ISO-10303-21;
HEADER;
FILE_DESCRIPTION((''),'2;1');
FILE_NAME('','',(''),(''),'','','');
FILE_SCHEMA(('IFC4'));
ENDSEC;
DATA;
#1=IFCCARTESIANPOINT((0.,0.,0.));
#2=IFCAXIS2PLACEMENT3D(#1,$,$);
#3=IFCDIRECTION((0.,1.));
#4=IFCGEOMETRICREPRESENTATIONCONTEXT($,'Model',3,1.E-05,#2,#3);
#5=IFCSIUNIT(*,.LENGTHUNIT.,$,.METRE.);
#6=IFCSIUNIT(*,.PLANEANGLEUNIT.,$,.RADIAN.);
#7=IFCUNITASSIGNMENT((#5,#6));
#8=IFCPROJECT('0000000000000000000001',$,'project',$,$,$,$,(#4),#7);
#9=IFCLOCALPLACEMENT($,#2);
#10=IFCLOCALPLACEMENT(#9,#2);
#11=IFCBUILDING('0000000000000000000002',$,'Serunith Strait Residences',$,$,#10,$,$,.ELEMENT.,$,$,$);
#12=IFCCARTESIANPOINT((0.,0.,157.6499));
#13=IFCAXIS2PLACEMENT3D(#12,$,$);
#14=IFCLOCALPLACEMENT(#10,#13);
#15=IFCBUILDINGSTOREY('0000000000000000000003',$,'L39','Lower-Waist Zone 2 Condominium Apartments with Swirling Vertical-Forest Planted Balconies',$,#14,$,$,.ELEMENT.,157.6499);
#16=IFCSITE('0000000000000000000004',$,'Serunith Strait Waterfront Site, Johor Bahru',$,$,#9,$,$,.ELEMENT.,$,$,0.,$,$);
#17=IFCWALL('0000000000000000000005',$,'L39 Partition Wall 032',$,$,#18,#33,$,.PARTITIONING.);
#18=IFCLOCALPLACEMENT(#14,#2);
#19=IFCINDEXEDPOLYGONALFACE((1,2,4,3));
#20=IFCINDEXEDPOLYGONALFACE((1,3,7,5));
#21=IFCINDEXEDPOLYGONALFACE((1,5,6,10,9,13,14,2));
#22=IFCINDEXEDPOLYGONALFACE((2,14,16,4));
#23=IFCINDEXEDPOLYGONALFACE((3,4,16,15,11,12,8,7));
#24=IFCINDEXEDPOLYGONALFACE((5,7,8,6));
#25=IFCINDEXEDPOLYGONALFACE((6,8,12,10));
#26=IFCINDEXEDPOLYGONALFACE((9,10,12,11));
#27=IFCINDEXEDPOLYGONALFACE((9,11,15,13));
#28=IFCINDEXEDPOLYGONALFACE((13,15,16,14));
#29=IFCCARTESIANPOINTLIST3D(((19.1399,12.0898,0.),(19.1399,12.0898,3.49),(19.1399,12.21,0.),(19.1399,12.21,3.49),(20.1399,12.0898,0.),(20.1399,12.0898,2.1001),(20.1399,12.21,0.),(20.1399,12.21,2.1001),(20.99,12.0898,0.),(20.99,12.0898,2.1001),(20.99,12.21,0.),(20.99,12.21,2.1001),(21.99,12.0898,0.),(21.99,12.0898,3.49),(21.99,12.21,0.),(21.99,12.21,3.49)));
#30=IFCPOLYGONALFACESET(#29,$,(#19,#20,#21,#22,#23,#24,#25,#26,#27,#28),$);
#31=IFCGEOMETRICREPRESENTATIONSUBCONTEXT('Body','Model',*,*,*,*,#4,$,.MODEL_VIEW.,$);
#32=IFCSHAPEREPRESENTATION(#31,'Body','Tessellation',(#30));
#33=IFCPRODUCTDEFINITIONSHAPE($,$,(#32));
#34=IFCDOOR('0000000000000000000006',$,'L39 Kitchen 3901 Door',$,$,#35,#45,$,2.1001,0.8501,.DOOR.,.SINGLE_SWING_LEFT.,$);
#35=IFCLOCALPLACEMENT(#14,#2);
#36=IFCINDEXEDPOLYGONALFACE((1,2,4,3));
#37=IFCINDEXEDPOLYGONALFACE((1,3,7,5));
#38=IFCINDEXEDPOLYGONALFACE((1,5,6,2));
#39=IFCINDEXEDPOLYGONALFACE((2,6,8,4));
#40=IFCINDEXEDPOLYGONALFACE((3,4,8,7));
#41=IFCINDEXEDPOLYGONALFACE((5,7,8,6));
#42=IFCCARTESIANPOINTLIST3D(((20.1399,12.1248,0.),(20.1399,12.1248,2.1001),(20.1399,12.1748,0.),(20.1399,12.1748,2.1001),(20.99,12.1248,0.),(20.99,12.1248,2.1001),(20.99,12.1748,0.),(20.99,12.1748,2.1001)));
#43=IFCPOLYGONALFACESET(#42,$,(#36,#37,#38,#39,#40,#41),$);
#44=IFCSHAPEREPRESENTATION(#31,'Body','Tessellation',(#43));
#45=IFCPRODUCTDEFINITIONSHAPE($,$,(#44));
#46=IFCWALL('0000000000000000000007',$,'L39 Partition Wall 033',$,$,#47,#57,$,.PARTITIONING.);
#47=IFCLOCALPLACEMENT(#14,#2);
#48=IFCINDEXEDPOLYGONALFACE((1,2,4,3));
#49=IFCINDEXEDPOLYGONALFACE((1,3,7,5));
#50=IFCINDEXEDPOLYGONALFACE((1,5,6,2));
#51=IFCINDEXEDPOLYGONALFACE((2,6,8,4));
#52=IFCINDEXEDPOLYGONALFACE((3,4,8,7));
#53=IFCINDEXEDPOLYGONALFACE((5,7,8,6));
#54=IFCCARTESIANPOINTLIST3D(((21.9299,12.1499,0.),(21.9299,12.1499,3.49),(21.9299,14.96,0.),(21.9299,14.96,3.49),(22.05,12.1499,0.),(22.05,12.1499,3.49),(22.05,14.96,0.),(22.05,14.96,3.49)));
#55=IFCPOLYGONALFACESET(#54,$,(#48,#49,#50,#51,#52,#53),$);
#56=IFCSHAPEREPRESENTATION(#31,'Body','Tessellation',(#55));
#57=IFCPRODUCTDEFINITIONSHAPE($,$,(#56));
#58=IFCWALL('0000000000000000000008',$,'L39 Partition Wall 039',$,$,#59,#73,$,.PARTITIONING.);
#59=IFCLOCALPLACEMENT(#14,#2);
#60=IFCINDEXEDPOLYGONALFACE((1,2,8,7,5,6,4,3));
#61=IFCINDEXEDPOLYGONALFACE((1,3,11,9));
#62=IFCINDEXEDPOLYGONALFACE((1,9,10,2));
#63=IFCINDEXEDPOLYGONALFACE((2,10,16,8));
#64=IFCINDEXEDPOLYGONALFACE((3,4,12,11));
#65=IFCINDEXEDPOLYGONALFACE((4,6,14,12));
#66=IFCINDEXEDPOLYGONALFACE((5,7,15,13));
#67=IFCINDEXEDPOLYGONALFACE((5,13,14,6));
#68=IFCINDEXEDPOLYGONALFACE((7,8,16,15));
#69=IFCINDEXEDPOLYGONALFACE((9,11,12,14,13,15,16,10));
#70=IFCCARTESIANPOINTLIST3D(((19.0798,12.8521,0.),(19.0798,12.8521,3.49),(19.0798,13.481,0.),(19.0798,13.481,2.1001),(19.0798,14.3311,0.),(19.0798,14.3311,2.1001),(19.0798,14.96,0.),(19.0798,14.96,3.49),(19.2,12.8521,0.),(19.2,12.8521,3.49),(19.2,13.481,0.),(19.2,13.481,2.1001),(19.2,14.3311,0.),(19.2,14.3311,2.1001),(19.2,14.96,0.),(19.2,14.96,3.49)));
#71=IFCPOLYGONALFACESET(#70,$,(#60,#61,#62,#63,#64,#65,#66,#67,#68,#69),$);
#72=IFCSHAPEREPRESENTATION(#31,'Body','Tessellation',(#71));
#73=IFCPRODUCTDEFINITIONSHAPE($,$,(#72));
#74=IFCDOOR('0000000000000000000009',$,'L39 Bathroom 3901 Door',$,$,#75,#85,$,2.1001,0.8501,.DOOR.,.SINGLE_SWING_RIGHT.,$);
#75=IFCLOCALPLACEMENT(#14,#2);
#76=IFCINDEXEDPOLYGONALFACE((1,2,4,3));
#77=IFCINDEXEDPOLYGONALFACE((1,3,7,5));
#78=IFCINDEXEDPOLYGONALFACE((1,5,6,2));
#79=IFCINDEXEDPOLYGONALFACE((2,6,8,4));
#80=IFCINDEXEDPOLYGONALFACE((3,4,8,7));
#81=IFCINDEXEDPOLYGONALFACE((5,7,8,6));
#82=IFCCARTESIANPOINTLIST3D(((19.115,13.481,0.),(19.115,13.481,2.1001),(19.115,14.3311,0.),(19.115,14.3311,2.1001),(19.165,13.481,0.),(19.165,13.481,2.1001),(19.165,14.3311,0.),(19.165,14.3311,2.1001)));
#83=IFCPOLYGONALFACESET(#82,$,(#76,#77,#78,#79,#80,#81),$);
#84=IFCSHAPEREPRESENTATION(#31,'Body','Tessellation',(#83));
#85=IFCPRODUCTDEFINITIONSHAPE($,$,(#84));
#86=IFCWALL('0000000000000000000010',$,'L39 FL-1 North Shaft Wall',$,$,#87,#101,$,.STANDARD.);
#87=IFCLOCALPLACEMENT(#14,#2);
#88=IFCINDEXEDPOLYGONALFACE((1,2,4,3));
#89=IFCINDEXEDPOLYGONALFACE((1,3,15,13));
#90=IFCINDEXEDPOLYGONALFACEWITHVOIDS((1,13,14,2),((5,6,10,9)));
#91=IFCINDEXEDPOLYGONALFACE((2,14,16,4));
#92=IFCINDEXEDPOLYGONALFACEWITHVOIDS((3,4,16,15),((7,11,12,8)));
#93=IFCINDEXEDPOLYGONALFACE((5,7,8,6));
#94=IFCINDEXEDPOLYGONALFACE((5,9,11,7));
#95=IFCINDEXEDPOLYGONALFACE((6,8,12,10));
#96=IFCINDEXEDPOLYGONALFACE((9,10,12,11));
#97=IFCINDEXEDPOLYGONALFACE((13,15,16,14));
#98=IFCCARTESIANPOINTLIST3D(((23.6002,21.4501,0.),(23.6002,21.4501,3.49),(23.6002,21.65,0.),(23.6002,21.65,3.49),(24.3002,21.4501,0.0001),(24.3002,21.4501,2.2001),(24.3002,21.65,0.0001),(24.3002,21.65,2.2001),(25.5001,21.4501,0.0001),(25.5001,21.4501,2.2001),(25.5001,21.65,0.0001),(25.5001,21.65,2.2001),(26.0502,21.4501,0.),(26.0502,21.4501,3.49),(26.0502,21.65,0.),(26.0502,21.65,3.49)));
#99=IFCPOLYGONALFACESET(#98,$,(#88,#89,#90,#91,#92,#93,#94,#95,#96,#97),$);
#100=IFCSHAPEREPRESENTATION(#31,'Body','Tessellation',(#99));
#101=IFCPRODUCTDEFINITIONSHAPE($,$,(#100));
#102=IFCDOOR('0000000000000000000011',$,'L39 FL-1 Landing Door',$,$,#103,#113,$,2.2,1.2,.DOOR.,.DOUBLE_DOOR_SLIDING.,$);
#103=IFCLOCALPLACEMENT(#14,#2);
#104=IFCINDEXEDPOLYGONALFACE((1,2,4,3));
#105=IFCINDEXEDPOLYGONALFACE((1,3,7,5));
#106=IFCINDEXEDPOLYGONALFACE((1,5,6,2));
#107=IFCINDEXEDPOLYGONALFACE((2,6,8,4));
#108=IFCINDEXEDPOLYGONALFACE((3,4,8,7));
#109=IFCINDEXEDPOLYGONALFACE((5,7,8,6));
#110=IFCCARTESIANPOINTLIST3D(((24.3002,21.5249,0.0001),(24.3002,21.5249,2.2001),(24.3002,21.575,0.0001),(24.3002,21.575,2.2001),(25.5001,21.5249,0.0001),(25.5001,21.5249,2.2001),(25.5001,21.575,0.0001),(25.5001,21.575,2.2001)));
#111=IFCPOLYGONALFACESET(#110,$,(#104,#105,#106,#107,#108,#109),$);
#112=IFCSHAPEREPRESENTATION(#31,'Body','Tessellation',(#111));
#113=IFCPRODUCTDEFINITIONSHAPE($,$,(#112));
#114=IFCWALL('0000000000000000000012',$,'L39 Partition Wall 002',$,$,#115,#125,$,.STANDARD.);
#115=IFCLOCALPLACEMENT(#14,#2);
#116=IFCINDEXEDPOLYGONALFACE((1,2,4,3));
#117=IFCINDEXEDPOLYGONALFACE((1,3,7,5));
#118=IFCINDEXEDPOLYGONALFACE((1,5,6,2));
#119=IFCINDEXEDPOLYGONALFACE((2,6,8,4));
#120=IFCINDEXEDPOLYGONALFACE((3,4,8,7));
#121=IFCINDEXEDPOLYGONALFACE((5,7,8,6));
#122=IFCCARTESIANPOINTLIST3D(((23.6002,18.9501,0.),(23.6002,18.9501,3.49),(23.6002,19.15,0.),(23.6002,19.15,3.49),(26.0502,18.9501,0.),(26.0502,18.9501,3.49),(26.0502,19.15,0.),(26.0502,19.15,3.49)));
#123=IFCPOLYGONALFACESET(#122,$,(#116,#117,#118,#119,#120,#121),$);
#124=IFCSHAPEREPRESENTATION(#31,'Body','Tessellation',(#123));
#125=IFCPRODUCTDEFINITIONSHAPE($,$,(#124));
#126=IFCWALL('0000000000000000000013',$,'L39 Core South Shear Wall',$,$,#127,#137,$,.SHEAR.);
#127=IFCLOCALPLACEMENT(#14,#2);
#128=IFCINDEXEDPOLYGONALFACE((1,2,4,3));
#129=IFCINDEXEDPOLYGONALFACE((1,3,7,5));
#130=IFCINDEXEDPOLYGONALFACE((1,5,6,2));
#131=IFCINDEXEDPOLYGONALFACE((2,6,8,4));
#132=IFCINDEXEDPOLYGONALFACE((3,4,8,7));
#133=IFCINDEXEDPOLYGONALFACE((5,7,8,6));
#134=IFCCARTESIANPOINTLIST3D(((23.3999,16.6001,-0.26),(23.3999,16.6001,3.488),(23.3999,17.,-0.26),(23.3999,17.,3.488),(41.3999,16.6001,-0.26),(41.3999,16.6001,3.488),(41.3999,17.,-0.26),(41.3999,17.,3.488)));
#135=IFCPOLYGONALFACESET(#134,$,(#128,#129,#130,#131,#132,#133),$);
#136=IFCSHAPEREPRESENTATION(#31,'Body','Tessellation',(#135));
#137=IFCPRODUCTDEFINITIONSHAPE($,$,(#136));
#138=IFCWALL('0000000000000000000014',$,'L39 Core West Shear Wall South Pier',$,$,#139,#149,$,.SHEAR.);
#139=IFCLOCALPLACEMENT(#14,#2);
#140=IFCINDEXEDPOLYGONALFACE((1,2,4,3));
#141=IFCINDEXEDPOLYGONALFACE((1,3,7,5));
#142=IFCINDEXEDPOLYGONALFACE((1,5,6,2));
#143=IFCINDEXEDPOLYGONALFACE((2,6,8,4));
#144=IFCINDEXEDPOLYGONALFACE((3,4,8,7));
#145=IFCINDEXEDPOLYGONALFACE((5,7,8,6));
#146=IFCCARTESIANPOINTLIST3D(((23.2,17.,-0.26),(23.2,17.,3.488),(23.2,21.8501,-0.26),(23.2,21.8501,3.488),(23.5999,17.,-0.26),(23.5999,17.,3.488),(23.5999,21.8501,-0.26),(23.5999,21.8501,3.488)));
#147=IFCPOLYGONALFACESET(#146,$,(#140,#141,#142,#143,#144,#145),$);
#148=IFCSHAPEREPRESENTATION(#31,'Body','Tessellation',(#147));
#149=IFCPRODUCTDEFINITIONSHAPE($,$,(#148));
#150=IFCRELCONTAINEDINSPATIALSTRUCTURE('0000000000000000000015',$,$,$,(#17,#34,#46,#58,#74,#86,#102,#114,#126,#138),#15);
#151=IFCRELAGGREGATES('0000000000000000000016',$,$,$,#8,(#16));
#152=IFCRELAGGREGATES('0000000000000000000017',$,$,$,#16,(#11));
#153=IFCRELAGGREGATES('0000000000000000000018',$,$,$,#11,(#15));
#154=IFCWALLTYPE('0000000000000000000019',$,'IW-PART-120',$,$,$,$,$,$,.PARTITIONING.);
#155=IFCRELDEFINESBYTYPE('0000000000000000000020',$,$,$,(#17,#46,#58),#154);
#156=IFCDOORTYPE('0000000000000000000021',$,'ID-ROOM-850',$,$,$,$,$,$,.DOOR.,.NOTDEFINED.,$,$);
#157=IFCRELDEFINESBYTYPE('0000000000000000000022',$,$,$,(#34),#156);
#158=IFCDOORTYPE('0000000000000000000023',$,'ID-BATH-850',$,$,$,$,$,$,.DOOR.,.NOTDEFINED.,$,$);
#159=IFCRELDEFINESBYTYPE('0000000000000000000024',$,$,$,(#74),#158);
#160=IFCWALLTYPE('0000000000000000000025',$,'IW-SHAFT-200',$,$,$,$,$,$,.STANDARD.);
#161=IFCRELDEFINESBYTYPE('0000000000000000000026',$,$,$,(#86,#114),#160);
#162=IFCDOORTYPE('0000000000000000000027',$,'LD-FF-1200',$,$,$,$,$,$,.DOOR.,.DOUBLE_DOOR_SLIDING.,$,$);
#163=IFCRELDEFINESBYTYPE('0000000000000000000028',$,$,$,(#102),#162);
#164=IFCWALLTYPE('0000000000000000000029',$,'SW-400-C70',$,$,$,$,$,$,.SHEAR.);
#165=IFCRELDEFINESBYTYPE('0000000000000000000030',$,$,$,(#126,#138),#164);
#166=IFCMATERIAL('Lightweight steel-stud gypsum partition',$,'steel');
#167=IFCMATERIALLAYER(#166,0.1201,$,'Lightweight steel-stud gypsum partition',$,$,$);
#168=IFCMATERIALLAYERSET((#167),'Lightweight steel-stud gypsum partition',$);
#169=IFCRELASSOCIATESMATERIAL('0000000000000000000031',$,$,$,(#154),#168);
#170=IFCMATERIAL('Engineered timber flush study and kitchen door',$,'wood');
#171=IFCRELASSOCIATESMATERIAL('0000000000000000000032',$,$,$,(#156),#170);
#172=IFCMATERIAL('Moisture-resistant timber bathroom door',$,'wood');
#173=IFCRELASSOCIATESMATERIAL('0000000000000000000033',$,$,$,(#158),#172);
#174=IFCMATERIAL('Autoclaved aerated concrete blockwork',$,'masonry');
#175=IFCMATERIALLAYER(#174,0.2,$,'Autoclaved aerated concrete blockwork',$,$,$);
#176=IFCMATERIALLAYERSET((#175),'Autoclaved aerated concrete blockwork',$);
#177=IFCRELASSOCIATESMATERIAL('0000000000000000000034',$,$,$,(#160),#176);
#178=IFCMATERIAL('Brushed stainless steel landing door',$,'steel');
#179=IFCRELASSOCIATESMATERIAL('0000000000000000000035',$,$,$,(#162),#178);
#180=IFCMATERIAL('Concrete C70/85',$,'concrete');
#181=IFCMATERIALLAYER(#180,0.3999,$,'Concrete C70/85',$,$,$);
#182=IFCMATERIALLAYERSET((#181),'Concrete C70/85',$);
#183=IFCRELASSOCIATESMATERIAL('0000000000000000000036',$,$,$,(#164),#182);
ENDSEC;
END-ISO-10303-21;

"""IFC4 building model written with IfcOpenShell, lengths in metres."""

from ifc_helpers import new_model, si_unit, direction, frame, frame_2d, origin, place, context, subcontext, project, spatial, rectangle, extrude, source, transform, mapped, material, layer, layer_set, type_object, element, fill, save


model = new_model("IFC4")

# Units and contexts
model_context = context("Model", 3, precision=1e-05, world=origin(), true_north=direction((0.0, 1.0)))
body_context = subcontext(model_context, "Body", "Model", "MODEL_VIEW")
ifc_project = project(units=[si_unit("LENGTHUNIT", "METRE"), si_unit("PLANEANGLEUNIT", "RADIAN")], contexts=[model_context])

# Site, building, storey
site_placement = place(None, origin())
site = spatial("IfcSite", under=ifc_project, at=site_placement, Name="Serunith Strait Waterfront Site, Johor Bahru", CompositionType="ELEMENT", RefElevation=0.0)
building_placement = place(site_placement, origin())
building = spatial("IfcBuilding", under=site, at=building_placement, Name="Serunith Strait Residences", CompositionType="ELEMENT")
storey_placement = place(building_placement, frame((0.0, 0.0, 157.6499)))
storey = spatial("IfcBuildingStorey", under=building, at=storey_placement, Name="L39", Description="Lower-Waist Zone 2 Condominium Apartments with Swirling Vertical-Forest Planted Balconies", CompositionType="ELEMENT", Elevation=157.6499)

# Wall, opening, door
ifc_material_1 = material(Name="Lightweight steel-stud gypsum partition", Category="steel")
ifc_layer_1 = layer(ifc_material_1, 0.1201, Name="Lightweight steel-stud gypsum partition")
ifc_layer_set_1 = layer_set([ifc_layer_1], Name="Lightweight steel-stud gypsum partition")
wall_type_1 = type_object("IfcWallType", Name="IW-PART-120", PredefinedType="PARTITIONING", material=ifc_layer_set_1)
wall_1_placement = place(storey_placement, frame((19.1399, 12.1499, 0.0), z_axis=(0.0, 0.0, 1.0), x_axis=(1.0, 0.0, 0.0)))
wall_1 = element("IfcWall", 1, at=wall_1_placement, inside=storey, type_object=wall_type_1, Name="L39 Partition Wall 032", PredefinedType="PARTITIONING", context=body_context, shape_type="SweptSolid", body=[
    extrude(rectangle(XDim=2.8501, YDim=0.1201, at=frame_2d((1.425, 0.0))), origin(), (0.0, 0.0, 1.0), 3.49),
])
opening_1_placement = place(wall_1_placement, frame((1.0, 0.0, 0.0)))
opening_1 = element("IfcOpeningElement", 2, at=opening_1_placement, cuts=wall_1, PredefinedType="OPENING", context=body_context, shape_type="SweptSolid", body=[
    extrude(rectangle(XDim=0.8501, YDim=2.1001, at=frame_2d((0.425, 1.05))), frame((0.0, 0.0701, 0.0), z_axis=(0.0, -1.0, 0.0), x_axis=(1.0, 0.0, 0.0)), (0.0, 0.0, 1.0), 0.1401),
])
ifc_material_2 = material(Name="Engineered timber flush study and kitchen door", Category="wood")
door_type_1 = type_object("IfcDoorType", Name="ID-ROOM-850", OperationType="NOTDEFINED", PredefinedType="DOOR", material=ifc_material_2)
shared_shape_1 = source(origin(), body_context, "Body", "SweptSolid", [
    extrude(rectangle(XDim=0.8501, YDim=2.1001, at=frame_2d((0.425, 1.05))), frame((0.0, 0.0249, 0.0), z_axis=(0.0, -1.0, 0.0), x_axis=(1.0, 0.0, 0.0)), (0.0, 0.0, 1.0), 0.05),
])
door_1_placement = place(opening_1_placement, origin())
door_1 = element("IfcDoor", 3, at=door_1_placement, inside=storey, type_object=door_type_1, Name="L39 Kitchen 3901 Door", OperationType="SINGLE_SWING_LEFT", OverallHeight=2.1001, OverallWidth=0.8501, PredefinedType="DOOR", context=body_context, shape_type="MappedRepresentation", body=[
    mapped(shared_shape_1, transform((0.0, 0.0, 0.0), scale=1.0)),
])
fill(opening_1, door_1)

# Wall
wall_2_placement = place(storey_placement, frame((21.99, 12.1499, 0.0), z_axis=(0.0, 0.0, 1.0), x_axis=(0.0, 1.0, 0.0)))
element("IfcWall", 4, at=wall_2_placement, inside=storey, type_object=wall_type_1, Name="L39 Partition Wall 033", PredefinedType="PARTITIONING", context=body_context, shape_type="SweptSolid", body=[
    extrude(rectangle(XDim=2.8101, YDim=0.1201, at=frame_2d((1.405, 0.0))), origin(), (0.0, 0.0, 1.0), 3.49),
])

# Walls, openings, doors
wall_3_placement = place(storey_placement, frame((19.1399, 12.8521, 0.0), z_axis=(0.0, 0.0, 1.0), x_axis=(0.0, 1.0, 0.0)))
wall_3 = element("IfcWall", 5, at=wall_3_placement, inside=storey, type_object=wall_type_1, Name="L39 Partition Wall 039", PredefinedType="PARTITIONING", context=body_context, shape_type="SweptSolid", body=[
    extrude(rectangle(XDim=2.1079, YDim=0.1201, at=frame_2d((1.054, 0.0))), origin(), (0.0, 0.0, 1.0), 3.49),
])
opening_2_placement = place(wall_3_placement, frame((0.6289, 0.0, 0.0)))
opening_2 = element("IfcOpeningElement", 6, at=opening_2_placement, cuts=wall_3, PredefinedType="OPENING", context=body_context, shape_type="SweptSolid", body=[
    extrude(rectangle(XDim=0.8501, YDim=2.1001, at=frame_2d((0.425, 1.05))), frame((0.0, 0.0701, 0.0), z_axis=(0.0, -1.0, 0.0), x_axis=(1.0, 0.0, 0.0)), (0.0, 0.0, 1.0), 0.1401),
])
ifc_material_3 = material(Name="Moisture-resistant timber bathroom door", Category="wood")
door_type_2 = type_object("IfcDoorType", Name="ID-BATH-850", OperationType="NOTDEFINED", PredefinedType="DOOR", material=ifc_material_3)
door_2_placement = place(opening_2_placement, origin())
door_2 = element("IfcDoor", 7, at=door_2_placement, inside=storey, type_object=door_type_2, Name="L39 Bathroom 3901 Door", OperationType="SINGLE_SWING_RIGHT", OverallHeight=2.1001, OverallWidth=0.8501, PredefinedType="DOOR", context=body_context, shape_type="MappedRepresentation", body=[
    mapped(shared_shape_1, transform((0.0, 0.0, 0.0), scale=1.0)),
])
fill(opening_2, door_2)
ifc_material_4 = material(Name="Autoclaved aerated concrete blockwork", Category="masonry")
ifc_layer_2 = layer(ifc_material_4, 0.2, Name="Autoclaved aerated concrete blockwork")
ifc_layer_set_2 = layer_set([ifc_layer_2], Name="Autoclaved aerated concrete blockwork")
wall_type_2 = type_object("IfcWallType", Name="IW-SHAFT-200", PredefinedType="STANDARD", material=ifc_layer_set_2)
wall_4_placement = place(storey_placement, frame((23.6001, 21.55, 0.0), z_axis=(0.0, 0.0, 1.0), x_axis=(1.0, 0.0, 0.0)))
wall_4 = element("IfcWall", 8, at=wall_4_placement, inside=storey, type_object=wall_type_2, Name="L39 FL-1 North Shaft Wall", PredefinedType="STANDARD", context=body_context, shape_type="SweptSolid", body=[
    extrude(rectangle(XDim=2.45, YDim=0.2, at=frame_2d((1.2251, 0.0))), origin(), (0.0, 0.0, 1.0), 3.49),
])
opening_3_placement = place(wall_4_placement, frame((0.7, 0.0, 0.0)))
opening_3 = element("IfcOpeningElement", 9, at=opening_3_placement, cuts=wall_4, PredefinedType="OPENING", context=body_context, shape_type="SweptSolid", body=[
    extrude(rectangle(XDim=1.2, YDim=2.2, at=frame_2d((0.6001, 1.1001))), frame((0.0, 0.1099, 0.0), z_axis=(0.0, -1.0, 0.0), x_axis=(1.0, 0.0, 0.0)), (0.0, 0.0, 1.0), 0.22),
])
ifc_material_5 = material(Name="Brushed stainless steel landing door", Category="steel")
door_type_3 = type_object("IfcDoorType", Name="LD-FF-1200", OperationType="DOUBLE_DOOR_SLIDING", PredefinedType="DOOR", material=ifc_material_5)
shared_shape_2 = source(origin(), body_context, "Body", "SweptSolid", [
    extrude(rectangle(XDim=1.2, YDim=2.2, at=frame_2d((0.6001, 1.1001))), frame((0.0, 0.0249, 0.0), z_axis=(0.0, -1.0, 0.0), x_axis=(1.0, 0.0, 0.0)), (0.0, 0.0, 1.0), 0.05),
])
door_3_placement = place(opening_3_placement, origin())
door_3 = element("IfcDoor", 10, at=door_3_placement, inside=storey, type_object=door_type_3, Name="L39 FL-1 Landing Door", OperationType="DOUBLE_DOOR_SLIDING", OverallHeight=2.2, OverallWidth=1.2, PredefinedType="DOOR", context=body_context, shape_type="MappedRepresentation", body=[
    mapped(shared_shape_2, transform((0.0, 0.0, 0.0), scale=1.0)),
])
fill(opening_3, door_3)

# Wall
wall_5_placement = place(storey_placement, frame((23.6001, 19.05, 0.0), z_axis=(0.0, 0.0, 1.0), x_axis=(1.0, 0.0, 0.0)))
element("IfcWall", 11, at=wall_5_placement, inside=storey, type_object=wall_type_2, Name="L39 Partition Wall 002", PredefinedType="STANDARD", context=body_context, shape_type="SweptSolid", body=[
    extrude(rectangle(XDim=2.45, YDim=0.2, at=frame_2d((1.2251, 0.0))), origin(), (0.0, 0.0, 1.0), 3.49),
])

# Walls
ifc_material_6 = material(Name="Concrete C70/85", Category="concrete")
ifc_layer_3 = layer(ifc_material_6, 0.3999, Name="Concrete C70/85")
ifc_layer_set_3 = layer_set([ifc_layer_3], Name="Concrete C70/85")
wall_type_3 = type_object("IfcWallType", Name="SW-400-C70", PredefinedType="SHEAR", material=ifc_layer_set_3)
wall_6_placement = place(storey_placement, frame((23.3999, 16.8, -0.26), z_axis=(0.0, 0.0, 1.0), x_axis=(1.0, 0.0, 0.0)))
element("IfcWall", 12, at=wall_6_placement, inside=storey, type_object=wall_type_3, Name="L39 Core South Shear Wall", PredefinedType="SHEAR", context=body_context, shape_type="SweptSolid", body=[
    extrude(rectangle(XDim=18.0, YDim=0.3999, at=frame_2d((9.0, 0.0))), origin(), (0.0, 0.0, 1.0), 3.748),
])
wall_7_placement = place(storey_placement, frame((23.3999, 17.0, -0.26), z_axis=(0.0, 0.0, 1.0), x_axis=(0.0, 1.0, 0.0)))
element("IfcWall", 13, at=wall_7_placement, inside=storey, type_object=wall_type_3, Name="L39 Core West Shear Wall South Pier", PredefinedType="SHEAR", context=body_context, shape_type="SweptSolid", body=[
    extrude(rectangle(XDim=4.8501, YDim=0.3999, at=frame_2d((2.425, 0.0))), origin(), (0.0, 0.0, 1.0), 3.748),
])

save(model, "model.ifc")
